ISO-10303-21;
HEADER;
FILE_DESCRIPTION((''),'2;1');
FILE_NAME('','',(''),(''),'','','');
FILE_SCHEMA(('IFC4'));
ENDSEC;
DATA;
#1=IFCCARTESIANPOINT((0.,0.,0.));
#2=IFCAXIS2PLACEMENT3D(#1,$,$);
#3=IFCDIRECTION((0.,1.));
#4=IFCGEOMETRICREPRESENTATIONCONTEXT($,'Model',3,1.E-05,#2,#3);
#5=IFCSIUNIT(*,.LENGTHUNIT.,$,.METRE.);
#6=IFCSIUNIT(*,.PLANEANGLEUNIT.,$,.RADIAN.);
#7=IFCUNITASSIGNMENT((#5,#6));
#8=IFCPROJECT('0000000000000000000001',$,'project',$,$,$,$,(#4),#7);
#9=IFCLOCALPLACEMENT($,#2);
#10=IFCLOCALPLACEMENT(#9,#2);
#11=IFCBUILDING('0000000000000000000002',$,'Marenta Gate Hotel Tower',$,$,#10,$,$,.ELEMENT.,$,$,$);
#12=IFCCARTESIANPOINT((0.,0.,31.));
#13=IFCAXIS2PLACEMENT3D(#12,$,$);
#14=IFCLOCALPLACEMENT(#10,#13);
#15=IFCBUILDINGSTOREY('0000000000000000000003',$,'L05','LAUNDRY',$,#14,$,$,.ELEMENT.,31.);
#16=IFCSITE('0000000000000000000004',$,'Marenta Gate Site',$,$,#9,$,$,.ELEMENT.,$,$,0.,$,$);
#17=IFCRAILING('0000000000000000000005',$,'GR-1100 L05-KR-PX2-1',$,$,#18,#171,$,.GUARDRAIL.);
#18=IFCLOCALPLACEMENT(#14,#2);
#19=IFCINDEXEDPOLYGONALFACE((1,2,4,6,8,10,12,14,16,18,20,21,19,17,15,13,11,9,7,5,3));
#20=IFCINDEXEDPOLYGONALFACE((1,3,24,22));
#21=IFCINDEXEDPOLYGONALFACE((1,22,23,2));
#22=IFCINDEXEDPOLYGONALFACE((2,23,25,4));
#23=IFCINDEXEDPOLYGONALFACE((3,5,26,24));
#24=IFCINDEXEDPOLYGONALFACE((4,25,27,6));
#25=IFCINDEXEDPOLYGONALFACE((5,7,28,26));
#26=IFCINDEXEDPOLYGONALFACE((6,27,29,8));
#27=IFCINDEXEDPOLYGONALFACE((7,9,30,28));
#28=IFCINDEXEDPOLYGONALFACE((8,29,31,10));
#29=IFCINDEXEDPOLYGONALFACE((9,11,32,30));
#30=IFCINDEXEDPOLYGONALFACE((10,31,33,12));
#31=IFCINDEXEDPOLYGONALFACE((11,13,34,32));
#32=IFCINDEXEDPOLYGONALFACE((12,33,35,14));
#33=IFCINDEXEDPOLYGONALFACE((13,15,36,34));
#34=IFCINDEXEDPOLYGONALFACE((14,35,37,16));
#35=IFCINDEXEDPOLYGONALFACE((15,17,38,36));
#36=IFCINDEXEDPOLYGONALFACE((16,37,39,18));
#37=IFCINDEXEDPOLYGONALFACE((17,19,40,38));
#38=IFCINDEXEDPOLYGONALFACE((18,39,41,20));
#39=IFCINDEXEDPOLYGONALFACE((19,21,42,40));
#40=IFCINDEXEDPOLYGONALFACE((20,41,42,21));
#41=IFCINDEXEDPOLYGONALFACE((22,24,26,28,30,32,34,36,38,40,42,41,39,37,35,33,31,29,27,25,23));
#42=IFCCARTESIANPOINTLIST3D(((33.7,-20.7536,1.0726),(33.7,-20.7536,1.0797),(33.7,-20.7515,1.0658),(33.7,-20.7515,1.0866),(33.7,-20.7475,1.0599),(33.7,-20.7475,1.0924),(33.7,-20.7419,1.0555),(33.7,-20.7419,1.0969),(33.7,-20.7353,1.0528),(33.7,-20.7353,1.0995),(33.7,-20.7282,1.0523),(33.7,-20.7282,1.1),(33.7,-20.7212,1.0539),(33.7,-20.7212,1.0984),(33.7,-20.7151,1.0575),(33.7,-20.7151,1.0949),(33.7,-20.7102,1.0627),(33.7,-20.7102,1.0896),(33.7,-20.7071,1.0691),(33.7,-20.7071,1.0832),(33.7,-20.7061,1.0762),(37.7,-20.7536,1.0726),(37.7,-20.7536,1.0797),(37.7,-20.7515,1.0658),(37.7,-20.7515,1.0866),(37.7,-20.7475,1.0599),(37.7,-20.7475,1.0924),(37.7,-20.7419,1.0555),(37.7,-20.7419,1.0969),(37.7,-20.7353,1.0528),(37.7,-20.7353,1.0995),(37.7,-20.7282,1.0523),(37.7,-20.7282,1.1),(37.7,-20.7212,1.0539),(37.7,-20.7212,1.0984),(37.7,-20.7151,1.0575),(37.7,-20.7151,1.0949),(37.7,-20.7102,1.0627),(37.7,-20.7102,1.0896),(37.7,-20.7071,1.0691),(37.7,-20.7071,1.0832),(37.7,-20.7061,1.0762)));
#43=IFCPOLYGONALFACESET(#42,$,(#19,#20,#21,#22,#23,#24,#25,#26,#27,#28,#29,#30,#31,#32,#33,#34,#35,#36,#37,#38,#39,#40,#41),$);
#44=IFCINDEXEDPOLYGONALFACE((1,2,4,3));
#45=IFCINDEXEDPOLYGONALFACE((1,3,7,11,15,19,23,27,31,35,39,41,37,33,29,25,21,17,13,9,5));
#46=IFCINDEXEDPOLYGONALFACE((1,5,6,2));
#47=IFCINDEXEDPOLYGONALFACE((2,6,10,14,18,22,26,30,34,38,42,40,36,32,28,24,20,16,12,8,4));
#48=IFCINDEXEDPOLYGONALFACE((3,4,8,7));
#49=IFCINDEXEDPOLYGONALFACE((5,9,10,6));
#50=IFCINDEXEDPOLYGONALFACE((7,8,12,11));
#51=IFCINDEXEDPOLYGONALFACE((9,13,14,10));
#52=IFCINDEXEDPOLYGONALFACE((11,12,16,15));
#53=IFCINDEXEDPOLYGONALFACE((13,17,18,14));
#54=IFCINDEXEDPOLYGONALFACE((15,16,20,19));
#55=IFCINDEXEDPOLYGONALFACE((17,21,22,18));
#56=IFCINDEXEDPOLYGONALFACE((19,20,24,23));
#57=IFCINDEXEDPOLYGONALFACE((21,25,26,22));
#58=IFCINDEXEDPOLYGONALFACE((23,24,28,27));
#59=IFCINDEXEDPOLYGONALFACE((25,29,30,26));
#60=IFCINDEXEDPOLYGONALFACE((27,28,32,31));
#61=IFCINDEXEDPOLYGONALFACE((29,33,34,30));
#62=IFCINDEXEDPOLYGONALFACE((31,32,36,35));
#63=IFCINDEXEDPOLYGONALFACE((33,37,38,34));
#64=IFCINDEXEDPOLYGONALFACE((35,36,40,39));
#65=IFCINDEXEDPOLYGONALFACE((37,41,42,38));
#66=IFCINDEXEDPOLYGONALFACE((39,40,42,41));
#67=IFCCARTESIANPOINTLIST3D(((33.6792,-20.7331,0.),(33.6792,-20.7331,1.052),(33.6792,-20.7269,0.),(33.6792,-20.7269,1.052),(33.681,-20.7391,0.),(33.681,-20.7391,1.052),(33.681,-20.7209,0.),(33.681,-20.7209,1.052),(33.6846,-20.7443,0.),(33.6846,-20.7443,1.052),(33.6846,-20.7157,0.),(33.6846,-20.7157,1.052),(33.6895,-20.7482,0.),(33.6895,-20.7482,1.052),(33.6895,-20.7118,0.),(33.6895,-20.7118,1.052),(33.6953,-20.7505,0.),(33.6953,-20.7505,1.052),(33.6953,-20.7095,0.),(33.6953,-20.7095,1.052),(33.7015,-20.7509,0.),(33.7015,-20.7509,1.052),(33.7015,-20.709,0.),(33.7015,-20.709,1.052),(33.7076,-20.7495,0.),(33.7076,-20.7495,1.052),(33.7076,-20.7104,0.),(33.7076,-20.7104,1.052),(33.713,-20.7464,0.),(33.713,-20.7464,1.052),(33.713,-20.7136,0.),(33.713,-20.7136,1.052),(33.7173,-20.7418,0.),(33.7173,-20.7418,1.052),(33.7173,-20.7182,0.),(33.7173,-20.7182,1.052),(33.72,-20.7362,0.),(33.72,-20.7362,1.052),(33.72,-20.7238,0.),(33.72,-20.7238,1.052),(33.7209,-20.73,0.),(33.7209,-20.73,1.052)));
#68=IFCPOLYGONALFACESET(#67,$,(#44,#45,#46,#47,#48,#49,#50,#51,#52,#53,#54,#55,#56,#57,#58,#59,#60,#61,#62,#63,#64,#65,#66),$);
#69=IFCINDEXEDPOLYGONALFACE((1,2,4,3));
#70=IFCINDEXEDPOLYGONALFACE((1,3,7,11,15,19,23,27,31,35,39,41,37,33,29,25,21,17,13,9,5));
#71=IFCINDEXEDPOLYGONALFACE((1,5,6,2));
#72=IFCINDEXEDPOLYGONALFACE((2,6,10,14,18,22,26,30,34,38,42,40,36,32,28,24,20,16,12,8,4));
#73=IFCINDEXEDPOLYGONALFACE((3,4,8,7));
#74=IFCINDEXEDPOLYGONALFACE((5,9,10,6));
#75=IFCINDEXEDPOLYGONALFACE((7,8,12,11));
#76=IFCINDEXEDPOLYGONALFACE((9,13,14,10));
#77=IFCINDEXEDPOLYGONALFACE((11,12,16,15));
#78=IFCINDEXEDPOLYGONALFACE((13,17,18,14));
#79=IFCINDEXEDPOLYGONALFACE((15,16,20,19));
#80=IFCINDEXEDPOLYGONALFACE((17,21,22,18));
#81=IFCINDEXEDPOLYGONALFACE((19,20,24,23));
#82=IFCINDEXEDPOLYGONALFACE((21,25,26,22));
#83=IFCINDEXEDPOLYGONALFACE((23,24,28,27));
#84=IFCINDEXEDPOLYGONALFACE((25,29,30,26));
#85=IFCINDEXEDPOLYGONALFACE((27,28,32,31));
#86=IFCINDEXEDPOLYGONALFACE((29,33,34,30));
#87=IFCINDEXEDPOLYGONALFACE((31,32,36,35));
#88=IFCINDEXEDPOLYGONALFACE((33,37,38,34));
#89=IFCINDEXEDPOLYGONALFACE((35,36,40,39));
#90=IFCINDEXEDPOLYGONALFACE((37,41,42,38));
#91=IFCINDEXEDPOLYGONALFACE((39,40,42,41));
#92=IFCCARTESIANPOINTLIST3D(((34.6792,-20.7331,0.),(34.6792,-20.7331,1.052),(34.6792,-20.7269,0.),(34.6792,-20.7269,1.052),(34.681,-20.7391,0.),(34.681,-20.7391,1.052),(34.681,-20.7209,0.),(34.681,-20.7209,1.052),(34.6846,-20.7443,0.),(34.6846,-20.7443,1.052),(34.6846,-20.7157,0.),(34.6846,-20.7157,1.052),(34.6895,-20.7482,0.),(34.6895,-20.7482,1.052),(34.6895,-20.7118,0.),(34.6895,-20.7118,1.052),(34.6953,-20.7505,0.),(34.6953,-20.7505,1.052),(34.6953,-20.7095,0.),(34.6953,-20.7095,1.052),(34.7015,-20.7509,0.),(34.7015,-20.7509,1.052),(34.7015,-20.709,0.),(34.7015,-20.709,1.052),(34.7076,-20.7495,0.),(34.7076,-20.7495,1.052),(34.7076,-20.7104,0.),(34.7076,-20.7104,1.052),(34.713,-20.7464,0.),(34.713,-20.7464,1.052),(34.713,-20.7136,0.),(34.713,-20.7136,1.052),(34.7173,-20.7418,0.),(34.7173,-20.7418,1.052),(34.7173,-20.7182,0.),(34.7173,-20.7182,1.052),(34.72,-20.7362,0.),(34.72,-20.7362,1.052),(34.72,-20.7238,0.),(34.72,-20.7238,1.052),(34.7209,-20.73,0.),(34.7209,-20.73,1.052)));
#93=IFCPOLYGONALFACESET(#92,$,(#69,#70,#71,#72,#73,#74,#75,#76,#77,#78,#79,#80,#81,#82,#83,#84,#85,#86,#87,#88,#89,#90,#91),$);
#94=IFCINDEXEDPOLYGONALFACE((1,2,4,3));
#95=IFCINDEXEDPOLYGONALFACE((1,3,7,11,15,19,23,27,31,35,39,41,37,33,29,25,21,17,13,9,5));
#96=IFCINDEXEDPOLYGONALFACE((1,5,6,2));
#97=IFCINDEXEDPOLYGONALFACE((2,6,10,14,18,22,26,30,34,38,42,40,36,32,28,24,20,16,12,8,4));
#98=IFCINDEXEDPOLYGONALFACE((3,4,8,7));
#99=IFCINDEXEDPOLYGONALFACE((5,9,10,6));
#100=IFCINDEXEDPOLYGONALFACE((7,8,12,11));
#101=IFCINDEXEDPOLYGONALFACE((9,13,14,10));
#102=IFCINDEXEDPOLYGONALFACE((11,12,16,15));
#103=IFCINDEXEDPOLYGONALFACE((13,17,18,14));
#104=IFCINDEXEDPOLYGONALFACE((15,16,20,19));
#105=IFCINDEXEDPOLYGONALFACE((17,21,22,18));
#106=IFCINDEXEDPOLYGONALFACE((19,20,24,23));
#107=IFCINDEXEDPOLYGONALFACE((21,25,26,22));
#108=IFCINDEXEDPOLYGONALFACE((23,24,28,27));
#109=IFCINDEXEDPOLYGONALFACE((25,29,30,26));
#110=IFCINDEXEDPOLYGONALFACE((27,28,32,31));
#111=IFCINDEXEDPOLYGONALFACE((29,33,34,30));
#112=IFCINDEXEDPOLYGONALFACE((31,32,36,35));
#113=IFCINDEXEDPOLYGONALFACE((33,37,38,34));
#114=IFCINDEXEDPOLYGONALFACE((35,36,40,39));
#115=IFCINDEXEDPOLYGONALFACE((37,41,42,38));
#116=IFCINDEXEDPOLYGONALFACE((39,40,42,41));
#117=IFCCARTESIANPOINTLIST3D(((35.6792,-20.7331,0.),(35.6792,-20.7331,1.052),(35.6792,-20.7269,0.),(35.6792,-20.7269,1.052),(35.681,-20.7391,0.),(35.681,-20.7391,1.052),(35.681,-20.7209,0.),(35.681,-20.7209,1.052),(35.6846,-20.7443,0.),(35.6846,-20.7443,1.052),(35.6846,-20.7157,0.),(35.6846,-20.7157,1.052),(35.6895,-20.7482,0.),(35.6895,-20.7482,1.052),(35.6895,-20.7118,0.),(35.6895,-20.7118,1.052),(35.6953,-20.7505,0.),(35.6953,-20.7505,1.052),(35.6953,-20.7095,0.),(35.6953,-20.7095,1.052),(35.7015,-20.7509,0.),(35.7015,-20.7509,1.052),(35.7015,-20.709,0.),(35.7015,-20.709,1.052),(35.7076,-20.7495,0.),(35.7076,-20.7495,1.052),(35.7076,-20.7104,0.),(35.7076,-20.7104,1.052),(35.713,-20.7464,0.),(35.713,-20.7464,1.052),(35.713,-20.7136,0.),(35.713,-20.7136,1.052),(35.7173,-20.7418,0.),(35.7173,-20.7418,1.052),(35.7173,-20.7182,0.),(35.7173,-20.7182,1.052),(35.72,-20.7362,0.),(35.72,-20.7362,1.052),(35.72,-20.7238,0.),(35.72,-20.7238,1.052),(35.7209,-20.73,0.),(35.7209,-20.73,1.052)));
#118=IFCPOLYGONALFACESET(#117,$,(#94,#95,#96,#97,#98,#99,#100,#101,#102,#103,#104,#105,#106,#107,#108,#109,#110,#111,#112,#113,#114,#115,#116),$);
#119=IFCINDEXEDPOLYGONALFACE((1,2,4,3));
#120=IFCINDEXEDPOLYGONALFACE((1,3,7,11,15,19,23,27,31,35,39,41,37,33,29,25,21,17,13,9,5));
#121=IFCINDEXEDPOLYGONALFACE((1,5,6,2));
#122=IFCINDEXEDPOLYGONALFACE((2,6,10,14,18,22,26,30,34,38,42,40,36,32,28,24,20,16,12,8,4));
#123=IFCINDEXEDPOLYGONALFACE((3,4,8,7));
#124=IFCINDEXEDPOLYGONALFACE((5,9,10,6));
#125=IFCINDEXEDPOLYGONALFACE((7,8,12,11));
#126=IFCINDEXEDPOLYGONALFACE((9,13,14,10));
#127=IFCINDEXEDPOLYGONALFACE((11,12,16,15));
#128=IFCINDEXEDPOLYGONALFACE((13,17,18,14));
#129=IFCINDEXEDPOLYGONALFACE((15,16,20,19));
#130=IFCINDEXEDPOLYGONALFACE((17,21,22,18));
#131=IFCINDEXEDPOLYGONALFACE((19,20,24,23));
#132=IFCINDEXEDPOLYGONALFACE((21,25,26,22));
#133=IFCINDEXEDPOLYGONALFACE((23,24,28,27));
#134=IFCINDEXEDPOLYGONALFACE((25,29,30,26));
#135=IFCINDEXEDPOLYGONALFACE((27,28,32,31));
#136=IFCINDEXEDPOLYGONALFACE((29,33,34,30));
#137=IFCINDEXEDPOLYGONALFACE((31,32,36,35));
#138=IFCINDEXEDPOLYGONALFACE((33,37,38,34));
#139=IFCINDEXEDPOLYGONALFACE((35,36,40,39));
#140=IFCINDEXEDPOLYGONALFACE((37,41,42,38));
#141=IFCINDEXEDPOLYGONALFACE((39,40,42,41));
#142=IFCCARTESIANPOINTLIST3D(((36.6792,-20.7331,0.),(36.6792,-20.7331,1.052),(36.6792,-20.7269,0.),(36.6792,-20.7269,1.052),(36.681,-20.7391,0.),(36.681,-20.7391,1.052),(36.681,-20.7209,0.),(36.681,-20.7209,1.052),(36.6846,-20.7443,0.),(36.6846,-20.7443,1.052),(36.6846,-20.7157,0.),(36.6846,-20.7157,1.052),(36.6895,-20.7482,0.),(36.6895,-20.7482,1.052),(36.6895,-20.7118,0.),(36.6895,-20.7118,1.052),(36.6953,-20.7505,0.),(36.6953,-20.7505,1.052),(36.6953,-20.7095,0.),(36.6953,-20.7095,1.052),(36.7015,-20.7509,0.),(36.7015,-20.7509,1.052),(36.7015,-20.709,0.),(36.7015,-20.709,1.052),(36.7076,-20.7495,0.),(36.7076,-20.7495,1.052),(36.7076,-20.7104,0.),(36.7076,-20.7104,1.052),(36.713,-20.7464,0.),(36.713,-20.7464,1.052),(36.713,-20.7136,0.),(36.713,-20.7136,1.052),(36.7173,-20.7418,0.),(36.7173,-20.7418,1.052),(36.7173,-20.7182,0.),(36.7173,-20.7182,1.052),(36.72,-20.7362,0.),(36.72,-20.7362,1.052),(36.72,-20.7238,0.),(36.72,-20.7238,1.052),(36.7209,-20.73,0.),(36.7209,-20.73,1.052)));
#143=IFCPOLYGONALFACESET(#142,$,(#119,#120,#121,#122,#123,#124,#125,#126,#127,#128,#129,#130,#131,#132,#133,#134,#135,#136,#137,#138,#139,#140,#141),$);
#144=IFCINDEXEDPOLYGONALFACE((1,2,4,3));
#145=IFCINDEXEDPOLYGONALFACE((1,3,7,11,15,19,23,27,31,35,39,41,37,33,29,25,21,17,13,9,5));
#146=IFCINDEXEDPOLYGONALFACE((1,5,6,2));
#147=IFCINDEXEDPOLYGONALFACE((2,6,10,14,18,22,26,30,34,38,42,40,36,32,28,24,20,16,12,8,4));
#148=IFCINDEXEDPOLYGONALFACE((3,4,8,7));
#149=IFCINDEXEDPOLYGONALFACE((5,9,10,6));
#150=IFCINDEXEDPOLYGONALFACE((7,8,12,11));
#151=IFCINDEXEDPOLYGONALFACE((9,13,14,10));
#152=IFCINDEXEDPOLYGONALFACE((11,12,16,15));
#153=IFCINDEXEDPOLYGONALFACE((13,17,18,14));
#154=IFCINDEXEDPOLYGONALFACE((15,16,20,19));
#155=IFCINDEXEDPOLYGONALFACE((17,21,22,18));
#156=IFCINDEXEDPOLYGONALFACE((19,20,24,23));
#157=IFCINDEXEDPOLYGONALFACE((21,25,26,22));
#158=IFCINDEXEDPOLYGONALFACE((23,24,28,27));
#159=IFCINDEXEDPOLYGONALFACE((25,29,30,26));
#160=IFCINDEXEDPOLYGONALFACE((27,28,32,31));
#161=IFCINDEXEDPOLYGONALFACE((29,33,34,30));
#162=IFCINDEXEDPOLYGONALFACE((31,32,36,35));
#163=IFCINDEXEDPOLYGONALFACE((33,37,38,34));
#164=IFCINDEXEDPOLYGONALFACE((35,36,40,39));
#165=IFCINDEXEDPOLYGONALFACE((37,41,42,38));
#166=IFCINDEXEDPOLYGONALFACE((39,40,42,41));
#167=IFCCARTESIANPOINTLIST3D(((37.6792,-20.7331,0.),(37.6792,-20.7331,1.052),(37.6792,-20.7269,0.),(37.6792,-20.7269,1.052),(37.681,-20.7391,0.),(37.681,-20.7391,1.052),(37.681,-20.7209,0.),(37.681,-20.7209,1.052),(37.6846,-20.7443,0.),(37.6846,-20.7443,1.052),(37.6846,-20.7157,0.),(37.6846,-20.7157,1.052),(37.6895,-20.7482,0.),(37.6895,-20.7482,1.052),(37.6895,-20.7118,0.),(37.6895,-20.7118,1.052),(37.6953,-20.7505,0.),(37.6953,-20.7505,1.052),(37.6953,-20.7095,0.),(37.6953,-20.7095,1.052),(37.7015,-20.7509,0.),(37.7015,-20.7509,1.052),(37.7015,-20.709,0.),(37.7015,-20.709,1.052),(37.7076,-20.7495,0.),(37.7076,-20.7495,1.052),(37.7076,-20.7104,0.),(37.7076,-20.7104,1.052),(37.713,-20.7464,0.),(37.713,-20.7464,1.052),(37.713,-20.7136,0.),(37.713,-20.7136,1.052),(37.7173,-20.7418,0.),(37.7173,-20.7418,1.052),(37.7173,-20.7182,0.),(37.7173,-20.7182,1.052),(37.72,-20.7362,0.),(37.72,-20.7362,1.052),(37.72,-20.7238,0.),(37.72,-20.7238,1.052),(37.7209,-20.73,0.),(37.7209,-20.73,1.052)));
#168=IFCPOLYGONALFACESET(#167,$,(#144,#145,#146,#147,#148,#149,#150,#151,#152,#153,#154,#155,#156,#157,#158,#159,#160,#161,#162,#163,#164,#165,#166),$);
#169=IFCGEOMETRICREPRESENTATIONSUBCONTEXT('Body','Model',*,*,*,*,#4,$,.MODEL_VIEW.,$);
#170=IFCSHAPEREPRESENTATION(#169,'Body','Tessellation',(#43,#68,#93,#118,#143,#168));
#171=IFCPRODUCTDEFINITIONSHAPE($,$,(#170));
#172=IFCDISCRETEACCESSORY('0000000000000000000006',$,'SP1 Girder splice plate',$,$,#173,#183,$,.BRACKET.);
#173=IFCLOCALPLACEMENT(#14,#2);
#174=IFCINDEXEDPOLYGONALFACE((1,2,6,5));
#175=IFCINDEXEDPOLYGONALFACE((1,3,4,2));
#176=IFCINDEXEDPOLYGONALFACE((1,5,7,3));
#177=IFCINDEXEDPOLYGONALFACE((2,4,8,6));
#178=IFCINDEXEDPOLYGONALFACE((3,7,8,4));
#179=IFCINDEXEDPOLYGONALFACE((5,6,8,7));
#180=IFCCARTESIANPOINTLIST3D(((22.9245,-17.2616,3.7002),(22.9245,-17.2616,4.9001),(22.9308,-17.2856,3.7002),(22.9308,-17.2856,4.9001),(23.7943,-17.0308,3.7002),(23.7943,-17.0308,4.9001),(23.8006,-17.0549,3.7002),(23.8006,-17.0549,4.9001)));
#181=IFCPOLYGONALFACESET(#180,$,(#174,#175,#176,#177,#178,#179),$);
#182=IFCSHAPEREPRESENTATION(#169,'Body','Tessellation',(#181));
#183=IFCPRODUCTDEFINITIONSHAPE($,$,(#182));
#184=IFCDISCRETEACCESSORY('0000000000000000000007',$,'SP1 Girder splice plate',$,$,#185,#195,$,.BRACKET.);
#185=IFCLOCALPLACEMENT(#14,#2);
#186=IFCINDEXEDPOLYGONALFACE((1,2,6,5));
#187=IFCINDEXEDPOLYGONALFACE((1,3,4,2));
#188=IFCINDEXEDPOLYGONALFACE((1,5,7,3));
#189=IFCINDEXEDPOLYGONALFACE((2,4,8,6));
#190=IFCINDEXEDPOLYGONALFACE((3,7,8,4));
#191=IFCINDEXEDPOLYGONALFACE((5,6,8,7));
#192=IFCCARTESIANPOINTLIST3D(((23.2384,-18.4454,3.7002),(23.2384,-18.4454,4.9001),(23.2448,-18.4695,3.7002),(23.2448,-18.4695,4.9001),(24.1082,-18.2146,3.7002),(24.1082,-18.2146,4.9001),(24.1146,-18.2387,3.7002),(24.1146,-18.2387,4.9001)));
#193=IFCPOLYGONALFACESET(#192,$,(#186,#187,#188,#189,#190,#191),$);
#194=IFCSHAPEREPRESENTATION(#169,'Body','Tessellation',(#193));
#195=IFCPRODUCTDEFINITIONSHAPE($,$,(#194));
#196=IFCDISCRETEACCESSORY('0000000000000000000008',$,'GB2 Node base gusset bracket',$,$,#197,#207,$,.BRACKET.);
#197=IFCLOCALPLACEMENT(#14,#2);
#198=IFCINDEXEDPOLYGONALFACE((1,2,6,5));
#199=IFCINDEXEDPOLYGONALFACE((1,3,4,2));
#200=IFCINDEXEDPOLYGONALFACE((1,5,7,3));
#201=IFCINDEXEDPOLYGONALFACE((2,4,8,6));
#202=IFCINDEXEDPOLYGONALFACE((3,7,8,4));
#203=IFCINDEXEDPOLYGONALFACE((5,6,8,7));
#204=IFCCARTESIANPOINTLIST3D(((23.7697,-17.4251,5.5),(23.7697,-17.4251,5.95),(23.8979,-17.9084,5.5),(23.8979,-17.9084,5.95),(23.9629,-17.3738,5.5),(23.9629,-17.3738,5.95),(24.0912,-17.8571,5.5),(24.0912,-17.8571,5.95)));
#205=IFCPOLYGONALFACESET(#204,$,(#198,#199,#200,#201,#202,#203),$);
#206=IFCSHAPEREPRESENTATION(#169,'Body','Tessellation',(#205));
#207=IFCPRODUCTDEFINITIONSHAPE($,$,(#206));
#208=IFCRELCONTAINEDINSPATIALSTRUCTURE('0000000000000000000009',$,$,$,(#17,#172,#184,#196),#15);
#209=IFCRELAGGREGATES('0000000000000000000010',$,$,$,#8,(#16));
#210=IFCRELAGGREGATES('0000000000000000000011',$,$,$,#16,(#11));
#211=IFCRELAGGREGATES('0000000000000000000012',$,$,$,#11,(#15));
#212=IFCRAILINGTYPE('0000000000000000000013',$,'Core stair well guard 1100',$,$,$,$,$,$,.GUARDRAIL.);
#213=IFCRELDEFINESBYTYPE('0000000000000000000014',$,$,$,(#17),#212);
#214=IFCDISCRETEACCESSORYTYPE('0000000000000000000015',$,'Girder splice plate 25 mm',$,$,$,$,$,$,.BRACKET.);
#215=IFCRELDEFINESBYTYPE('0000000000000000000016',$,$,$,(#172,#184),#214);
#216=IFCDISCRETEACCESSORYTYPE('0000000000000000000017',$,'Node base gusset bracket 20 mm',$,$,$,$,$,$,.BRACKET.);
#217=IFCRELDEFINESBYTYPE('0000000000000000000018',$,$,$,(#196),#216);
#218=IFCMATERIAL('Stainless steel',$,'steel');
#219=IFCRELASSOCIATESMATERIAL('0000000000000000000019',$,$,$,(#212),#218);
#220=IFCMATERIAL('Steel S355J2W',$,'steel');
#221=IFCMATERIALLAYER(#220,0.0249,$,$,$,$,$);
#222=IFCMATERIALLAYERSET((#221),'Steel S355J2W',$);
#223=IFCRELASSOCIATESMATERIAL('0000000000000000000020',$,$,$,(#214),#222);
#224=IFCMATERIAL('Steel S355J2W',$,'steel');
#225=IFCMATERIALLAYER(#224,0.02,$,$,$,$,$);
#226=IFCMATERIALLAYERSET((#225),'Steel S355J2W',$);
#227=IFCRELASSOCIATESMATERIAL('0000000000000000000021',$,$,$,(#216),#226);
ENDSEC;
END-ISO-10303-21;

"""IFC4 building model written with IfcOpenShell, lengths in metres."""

from ifc_helpers import new_model, si_unit, direction, frame, origin, origin_2d, place, context, subcontext, project, spatial, rectangle, circle, extrude, material, layer, layer_set, type_object, element, save


model = new_model("IFC4")

# Units and contexts
model_context = context("Model", 3, precision=1e-05, world=origin(), true_north=direction((0.0, 1.0)))
body_context = subcontext(model_context, "Body", "Model", "MODEL_VIEW")
ifc_project = project(units=[si_unit("LENGTHUNIT", "METRE"), si_unit("PLANEANGLEUNIT", "RADIAN")], contexts=[model_context])

# Site, building, storey
site_placement = place(None, origin())
site = spatial("IfcSite", under=ifc_project, at=site_placement, Name="Marenta Gate Site", CompositionType="ELEMENT", RefElevation=0.0)
building_placement = place(site_placement, origin())
building = spatial("IfcBuilding", under=site, at=building_placement, Name="Marenta Gate Hotel Tower", CompositionType="ELEMENT")
storey_placement = place(building_placement, frame((0.0, 0.0, 31.0)))
storey = spatial("IfcBuildingStorey", under=building, at=storey_placement, Name="L05", Description="LAUNDRY", CompositionType="ELEMENT", Elevation=31.0)

# Railing
ifc_material_1 = material(Name="Stainless steel", Category="steel")
railing_type = type_object("IfcRailingType", Name="Core stair well guard 1100", PredefinedType="GUARDRAIL", material=ifc_material_1)
railing_placement = place(storey_placement, frame((33.7, -20.73, 0.0)))
element("IfcRailing", 1, at=railing_placement, inside=storey, type_object=railing_type, Name="GR-1100 L05-KR-PX2-1", PredefinedType="GUARDRAIL", context=body_context, shape_type="SweptSolid", body=[
    extrude(circle(Radius=0.0239, at=origin_2d()), frame((0.0, 0.0, 1.0762), z_axis=(1.0, 0.0, 0.0), x_axis=(0.0, 1.0, 0.0)), (0.0, 0.0, 1.0), 4.0),
    extrude(circle(Radius=0.021, at=origin_2d()), origin(), (0.0, 0.0, 1.0), 1.052),
    extrude(circle(Radius=0.021, at=origin_2d()), frame((1.0, 0.0, 0.0)), (0.0, 0.0, 1.0), 1.052),
    extrude(circle(Radius=0.021, at=origin_2d()), frame((2.0, 0.0, 0.0)), (0.0, 0.0, 1.0), 1.052),
    extrude(circle(Radius=0.021, at=origin_2d()), frame((3.0, 0.0, 0.0)), (0.0, 0.0, 1.0), 1.052),
    extrude(circle(Radius=0.021, at=origin_2d()), frame((4.0, 0.0, 0.0)), (0.0, 0.0, 1.0), 1.052),
])

# Discrete accessories
ifc_material_2 = material(Name="Steel S355J2W", Category="steel")
ifc_layer_1 = layer(ifc_material_2, 0.0249)
ifc_layer_set_1 = layer_set([ifc_layer_1], Name="Steel S355J2W")
discrete_accessory_type_1 = type_object("IfcDiscreteAccessoryType", Name="Girder splice plate 25 mm", PredefinedType="BRACKET", material=ifc_layer_set_1)
for number, where, z_axis, x_axis, name in (
    (2, (23.3625, -17.1582, 3.7002), (0.0, 0.0, 1.0), (-0.966562, -0.256434, 0.0), "SP1 Girder splice plate"),
    (3, (23.6765, -18.342, 3.7002), (0.0, 0.0, 1.0), (-0.966562, -0.256434, 0.0), "SP1 Girder splice plate"),
):
    element("IfcDiscreteAccessory", number, at=place(storey_placement, frame(where, z_axis=z_axis, x_axis=x_axis)), inside=storey, type_object=discrete_accessory_type_1, Name=name, PredefinedType="BRACKET", context=body_context, shape_type="SweptSolid", body=[
        extrude(rectangle(XDim=0.8999, YDim=0.0249, at=origin_2d()), origin(), (0.0, 0.0, 1.0), 1.2),
    ])
ifc_material_3 = material(Name="Steel S355J2W", Category="steel")
ifc_layer_2 = layer(ifc_material_3, 0.02)
ifc_layer_set_2 = layer_set([ifc_layer_2], Name="Steel S355J2W")
discrete_accessory_type_2 = type_object("IfcDiscreteAccessoryType", Name="Node base gusset bracket 20 mm", PredefinedType="BRACKET", material=ifc_layer_set_2)
for number, where, z_axis, x_axis, name in (
    (4, (23.9304, -17.6411, 5.5), (0.0, 0.0, 1.0), (-0.966562, -0.256434, 0.0), "GB2 Node base gusset bracket"),
):
    element("IfcDiscreteAccessory", number, at=place(storey_placement, frame(where, z_axis=z_axis, x_axis=x_axis)), inside=storey, type_object=discrete_accessory_type_2, Name=name, PredefinedType="BRACKET", context=body_context, shape_type="SweptSolid", body=[
        extrude(rectangle(XDim=0.2, YDim=0.5, at=origin_2d()), origin(), (0.0, 0.0, 1.0), 0.45),
    ])

save(model, "model.ifc")
